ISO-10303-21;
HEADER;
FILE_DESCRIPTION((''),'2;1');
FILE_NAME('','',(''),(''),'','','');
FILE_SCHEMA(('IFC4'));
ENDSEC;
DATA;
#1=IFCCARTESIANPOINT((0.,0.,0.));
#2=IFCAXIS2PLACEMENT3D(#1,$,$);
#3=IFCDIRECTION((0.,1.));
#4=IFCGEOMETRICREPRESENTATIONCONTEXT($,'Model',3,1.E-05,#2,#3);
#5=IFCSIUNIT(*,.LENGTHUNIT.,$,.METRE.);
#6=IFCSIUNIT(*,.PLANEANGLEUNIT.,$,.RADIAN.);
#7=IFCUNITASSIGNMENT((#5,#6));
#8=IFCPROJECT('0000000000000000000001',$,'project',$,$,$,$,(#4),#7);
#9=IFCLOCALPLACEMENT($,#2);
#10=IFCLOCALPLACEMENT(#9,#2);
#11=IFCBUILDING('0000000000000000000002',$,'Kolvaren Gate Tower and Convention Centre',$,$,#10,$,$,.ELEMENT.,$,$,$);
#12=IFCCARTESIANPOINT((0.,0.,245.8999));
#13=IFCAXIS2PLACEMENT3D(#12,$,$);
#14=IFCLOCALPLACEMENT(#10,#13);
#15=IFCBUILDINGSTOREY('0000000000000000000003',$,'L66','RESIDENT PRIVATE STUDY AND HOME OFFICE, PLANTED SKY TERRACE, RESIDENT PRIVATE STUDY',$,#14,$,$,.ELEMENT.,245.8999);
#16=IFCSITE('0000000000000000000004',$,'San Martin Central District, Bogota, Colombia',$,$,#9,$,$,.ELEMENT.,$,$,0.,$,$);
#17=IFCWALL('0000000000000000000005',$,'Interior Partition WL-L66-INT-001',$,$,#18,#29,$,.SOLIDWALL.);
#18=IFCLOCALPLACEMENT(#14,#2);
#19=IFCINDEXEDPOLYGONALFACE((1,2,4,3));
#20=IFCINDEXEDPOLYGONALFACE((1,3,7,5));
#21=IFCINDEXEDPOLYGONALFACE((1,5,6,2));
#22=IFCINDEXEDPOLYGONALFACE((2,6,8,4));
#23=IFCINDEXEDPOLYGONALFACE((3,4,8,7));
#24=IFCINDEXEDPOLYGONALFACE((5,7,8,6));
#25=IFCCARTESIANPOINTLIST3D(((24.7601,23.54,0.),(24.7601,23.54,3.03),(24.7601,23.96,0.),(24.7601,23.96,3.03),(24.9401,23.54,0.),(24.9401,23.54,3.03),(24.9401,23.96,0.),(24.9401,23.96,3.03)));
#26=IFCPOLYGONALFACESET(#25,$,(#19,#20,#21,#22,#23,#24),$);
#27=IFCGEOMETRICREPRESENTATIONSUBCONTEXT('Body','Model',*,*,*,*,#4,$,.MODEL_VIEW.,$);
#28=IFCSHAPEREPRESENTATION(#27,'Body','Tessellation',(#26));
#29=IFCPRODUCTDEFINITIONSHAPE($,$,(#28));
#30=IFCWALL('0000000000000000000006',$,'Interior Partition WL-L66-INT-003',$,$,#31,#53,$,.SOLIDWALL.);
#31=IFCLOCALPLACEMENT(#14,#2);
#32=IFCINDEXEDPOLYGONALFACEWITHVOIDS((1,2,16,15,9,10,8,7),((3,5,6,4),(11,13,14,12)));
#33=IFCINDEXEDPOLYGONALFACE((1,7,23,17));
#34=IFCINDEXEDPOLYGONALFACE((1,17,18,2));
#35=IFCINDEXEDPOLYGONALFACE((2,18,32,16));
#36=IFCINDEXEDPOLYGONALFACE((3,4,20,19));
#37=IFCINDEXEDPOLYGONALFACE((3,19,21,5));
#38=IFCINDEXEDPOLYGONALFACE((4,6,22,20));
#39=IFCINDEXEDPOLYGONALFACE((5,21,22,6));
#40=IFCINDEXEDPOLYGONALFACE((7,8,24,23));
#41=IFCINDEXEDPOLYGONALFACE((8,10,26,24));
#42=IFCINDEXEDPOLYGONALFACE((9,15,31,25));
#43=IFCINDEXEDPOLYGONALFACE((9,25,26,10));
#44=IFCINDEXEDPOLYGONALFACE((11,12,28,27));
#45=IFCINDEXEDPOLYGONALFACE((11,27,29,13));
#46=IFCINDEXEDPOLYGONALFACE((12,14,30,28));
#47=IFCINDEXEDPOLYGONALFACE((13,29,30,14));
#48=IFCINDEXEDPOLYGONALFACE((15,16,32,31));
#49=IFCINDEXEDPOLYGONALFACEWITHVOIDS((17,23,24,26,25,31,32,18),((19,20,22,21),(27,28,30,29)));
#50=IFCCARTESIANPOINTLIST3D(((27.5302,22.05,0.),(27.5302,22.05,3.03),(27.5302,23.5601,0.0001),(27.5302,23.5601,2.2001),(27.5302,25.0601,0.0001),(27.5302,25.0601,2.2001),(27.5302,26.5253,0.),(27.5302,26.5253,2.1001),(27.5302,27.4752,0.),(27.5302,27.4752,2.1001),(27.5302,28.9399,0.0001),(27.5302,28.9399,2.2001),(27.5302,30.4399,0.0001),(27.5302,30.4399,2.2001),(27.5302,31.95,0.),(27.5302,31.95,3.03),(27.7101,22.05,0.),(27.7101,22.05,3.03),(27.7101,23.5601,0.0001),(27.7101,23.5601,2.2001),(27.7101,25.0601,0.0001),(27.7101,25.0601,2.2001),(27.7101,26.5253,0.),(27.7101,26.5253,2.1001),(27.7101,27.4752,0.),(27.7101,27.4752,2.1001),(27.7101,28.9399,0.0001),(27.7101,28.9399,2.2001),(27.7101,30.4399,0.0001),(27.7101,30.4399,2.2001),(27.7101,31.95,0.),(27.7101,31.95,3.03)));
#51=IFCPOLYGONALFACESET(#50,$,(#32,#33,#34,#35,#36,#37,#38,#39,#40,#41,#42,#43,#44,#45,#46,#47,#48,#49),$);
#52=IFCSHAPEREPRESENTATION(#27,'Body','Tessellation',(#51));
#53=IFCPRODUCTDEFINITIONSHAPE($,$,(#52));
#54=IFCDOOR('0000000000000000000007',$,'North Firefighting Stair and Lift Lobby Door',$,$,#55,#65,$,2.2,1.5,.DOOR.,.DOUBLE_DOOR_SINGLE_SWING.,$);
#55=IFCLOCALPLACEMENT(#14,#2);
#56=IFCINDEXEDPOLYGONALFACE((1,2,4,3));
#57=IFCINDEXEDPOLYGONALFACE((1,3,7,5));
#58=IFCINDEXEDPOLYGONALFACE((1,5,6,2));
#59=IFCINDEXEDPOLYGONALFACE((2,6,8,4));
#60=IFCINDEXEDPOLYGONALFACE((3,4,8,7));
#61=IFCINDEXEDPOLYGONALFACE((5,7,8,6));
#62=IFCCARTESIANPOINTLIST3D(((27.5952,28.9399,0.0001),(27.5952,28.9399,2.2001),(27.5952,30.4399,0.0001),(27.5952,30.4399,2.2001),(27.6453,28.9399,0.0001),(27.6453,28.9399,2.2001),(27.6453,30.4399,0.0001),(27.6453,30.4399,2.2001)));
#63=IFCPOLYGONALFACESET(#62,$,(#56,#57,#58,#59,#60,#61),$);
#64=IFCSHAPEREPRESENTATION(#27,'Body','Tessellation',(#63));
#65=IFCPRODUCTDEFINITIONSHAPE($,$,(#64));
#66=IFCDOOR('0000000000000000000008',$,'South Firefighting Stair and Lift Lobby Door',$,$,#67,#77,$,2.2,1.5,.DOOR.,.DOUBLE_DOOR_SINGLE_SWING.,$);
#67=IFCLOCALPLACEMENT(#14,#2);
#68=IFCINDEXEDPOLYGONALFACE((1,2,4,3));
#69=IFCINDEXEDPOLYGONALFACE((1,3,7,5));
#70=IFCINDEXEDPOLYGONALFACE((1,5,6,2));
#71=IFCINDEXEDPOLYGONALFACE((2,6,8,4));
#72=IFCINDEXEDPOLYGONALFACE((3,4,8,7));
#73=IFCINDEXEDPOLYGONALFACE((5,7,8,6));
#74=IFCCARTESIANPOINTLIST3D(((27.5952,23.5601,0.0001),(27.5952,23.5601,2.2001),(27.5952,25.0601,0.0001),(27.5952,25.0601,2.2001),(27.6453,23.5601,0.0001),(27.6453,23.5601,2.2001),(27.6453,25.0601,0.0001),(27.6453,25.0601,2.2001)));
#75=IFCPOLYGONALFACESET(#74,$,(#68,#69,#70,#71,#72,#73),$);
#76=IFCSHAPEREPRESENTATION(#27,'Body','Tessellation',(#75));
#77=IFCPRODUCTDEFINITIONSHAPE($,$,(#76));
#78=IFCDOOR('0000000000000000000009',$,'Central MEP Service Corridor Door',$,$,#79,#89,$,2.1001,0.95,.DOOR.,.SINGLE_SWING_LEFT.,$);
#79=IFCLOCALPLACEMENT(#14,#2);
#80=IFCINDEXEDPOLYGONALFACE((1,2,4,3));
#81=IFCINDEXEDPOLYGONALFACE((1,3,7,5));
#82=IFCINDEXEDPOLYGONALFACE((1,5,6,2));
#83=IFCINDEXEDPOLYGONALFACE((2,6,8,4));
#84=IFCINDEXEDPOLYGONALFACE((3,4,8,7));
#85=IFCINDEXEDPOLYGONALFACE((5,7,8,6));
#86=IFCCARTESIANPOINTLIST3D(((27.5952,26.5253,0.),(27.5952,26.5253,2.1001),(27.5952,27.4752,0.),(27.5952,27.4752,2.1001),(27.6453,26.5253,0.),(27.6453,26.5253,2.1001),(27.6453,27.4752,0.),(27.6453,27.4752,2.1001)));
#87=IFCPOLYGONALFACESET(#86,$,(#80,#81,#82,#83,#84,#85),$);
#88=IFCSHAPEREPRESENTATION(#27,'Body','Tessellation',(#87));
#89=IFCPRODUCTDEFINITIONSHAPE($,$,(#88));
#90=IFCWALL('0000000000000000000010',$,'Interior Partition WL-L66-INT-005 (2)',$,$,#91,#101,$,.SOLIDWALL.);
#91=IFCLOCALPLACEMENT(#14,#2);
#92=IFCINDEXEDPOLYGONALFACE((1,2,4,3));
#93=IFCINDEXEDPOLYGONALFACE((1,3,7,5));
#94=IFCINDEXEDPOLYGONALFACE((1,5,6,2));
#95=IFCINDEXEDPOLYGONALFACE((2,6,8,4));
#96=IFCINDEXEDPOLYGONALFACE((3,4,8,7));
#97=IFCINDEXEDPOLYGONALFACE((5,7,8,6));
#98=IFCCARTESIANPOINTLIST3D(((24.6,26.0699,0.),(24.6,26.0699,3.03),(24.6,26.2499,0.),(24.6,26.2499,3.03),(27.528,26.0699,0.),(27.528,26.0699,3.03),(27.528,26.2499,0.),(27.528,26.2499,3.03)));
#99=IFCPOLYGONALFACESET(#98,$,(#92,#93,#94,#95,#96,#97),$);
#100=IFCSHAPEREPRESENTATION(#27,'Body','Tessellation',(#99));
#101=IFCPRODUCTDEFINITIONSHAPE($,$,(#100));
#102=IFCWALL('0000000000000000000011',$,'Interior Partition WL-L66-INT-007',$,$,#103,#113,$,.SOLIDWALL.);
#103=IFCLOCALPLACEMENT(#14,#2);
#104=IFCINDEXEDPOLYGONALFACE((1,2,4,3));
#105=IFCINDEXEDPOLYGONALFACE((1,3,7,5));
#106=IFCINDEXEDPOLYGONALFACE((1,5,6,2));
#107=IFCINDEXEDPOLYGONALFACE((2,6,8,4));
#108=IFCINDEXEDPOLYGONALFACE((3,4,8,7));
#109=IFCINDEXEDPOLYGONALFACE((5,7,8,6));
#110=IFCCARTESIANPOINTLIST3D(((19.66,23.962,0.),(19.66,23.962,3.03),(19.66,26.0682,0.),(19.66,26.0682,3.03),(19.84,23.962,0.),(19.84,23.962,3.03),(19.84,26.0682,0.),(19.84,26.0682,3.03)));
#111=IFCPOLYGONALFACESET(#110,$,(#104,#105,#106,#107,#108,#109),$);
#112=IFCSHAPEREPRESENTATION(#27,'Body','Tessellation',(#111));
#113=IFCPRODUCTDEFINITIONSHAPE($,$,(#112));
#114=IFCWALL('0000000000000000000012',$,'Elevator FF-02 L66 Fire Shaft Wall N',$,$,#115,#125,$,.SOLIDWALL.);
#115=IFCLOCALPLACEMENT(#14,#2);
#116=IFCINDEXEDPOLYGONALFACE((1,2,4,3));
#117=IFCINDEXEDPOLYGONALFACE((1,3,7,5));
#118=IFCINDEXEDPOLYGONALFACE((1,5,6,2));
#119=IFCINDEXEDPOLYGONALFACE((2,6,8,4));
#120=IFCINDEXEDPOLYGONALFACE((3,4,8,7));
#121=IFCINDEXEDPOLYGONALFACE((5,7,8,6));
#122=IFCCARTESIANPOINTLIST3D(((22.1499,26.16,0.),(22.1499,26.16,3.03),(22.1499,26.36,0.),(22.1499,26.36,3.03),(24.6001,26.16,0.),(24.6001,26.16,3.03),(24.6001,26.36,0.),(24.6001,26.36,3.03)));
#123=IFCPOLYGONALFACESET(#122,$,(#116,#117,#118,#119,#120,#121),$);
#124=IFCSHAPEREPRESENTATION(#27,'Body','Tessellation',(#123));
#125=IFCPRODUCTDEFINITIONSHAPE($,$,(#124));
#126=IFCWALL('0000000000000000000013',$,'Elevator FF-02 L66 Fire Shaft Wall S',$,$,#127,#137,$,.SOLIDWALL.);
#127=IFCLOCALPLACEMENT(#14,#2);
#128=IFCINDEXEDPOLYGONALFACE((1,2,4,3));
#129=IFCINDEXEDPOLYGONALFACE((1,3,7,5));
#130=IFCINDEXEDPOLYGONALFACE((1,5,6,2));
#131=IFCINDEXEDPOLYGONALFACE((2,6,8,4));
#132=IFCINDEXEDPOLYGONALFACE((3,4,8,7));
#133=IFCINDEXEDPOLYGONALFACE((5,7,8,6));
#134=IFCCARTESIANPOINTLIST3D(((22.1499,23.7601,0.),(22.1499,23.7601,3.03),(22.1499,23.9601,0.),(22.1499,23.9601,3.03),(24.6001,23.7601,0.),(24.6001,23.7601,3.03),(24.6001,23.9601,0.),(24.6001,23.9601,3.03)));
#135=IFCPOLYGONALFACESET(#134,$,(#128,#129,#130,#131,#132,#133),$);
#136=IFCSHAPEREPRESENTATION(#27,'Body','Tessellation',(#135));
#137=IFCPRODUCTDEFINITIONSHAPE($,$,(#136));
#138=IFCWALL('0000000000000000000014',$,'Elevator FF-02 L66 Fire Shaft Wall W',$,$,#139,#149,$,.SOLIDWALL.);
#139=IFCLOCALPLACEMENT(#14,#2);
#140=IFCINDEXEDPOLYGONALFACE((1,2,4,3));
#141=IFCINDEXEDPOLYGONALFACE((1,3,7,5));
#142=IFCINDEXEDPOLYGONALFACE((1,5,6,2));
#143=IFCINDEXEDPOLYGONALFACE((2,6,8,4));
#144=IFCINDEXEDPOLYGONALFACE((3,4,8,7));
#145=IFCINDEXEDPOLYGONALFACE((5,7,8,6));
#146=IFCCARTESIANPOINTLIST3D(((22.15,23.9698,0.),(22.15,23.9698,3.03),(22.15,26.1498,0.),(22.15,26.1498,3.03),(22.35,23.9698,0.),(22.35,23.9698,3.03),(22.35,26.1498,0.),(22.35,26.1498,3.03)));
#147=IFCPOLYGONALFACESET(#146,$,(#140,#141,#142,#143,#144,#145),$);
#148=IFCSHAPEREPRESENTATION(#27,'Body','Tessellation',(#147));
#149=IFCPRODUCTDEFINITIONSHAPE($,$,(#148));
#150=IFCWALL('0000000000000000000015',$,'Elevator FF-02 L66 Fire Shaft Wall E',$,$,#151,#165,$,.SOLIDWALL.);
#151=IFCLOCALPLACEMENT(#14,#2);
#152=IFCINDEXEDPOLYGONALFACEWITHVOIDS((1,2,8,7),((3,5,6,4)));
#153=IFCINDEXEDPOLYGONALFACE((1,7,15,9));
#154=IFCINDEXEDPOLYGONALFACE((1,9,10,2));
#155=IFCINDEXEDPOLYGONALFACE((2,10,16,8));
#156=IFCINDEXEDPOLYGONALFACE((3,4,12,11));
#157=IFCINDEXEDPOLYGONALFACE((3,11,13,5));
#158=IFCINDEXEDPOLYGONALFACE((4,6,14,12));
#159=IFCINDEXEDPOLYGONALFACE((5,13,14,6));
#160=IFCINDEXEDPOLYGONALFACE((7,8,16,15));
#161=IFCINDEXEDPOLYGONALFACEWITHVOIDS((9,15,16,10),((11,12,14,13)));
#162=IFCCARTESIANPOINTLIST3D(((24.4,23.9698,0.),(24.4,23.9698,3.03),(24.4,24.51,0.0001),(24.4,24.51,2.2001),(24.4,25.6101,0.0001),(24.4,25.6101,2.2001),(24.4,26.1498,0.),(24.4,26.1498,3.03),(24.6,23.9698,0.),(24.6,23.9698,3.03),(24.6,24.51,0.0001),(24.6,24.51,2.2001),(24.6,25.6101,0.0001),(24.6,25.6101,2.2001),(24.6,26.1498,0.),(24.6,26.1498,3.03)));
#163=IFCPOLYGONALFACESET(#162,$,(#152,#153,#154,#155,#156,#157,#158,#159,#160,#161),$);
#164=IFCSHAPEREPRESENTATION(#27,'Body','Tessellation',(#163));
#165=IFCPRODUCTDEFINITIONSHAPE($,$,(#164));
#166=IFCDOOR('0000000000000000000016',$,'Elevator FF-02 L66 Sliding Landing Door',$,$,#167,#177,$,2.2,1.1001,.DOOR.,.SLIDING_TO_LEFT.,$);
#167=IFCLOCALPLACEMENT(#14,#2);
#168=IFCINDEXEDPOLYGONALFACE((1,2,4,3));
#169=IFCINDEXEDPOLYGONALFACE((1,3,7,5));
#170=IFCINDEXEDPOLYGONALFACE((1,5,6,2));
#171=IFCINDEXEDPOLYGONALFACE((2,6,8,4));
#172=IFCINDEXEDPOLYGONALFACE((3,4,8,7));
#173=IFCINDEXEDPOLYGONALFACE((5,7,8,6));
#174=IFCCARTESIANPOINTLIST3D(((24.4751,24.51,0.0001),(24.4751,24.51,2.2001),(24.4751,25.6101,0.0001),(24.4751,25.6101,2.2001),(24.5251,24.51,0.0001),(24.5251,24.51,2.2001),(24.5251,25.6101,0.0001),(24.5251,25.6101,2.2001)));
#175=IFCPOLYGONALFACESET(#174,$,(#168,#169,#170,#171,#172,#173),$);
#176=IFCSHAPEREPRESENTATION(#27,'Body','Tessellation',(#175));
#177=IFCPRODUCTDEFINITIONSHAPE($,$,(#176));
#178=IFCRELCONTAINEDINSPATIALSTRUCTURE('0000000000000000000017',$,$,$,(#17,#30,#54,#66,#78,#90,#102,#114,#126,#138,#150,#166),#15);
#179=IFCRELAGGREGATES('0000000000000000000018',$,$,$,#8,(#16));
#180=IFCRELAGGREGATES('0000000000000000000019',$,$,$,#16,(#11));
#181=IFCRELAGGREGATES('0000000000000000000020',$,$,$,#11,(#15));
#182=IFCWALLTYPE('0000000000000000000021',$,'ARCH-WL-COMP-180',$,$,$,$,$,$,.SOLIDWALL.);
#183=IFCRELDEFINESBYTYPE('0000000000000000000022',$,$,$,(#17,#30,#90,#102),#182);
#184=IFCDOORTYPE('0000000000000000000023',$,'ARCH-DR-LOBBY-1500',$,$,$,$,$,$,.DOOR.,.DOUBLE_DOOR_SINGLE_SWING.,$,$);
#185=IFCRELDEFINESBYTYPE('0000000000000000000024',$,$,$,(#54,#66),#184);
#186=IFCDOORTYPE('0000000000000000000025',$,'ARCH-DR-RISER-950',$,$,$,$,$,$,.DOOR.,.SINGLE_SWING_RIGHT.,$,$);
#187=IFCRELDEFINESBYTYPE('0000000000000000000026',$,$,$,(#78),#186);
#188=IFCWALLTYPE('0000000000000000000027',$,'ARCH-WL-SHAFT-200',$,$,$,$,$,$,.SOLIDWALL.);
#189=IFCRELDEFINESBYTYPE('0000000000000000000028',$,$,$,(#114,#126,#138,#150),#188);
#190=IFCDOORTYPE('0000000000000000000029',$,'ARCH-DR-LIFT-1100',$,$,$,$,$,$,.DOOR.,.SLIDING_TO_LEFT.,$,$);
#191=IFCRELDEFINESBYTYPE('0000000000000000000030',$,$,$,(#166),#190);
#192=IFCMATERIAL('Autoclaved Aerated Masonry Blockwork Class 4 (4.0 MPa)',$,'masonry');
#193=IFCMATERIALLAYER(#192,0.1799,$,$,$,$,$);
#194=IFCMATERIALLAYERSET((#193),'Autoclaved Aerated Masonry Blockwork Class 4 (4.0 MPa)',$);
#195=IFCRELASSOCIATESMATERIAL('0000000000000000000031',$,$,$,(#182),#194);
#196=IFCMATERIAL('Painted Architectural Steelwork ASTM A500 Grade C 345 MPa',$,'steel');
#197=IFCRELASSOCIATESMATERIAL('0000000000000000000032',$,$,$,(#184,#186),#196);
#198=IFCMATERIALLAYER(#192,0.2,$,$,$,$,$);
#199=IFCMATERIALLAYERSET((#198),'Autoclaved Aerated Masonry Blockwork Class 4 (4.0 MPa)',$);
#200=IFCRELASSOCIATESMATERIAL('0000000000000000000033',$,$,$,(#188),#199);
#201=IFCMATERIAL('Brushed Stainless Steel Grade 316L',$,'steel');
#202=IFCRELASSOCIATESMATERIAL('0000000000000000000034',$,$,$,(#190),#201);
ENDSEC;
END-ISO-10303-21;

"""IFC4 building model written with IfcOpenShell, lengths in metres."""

from ifc_helpers import new_model, si_unit, direction, frame, frame_2d, origin, place, context, subcontext, project, spatial, rectangle, extrude, material, layer, layer_set, type_object, element, fill, save


model = new_model("IFC4")

# Units and contexts
model_context = context("Model", 3, precision=1e-05, world=origin(), true_north=direction((0.0, 1.0)))
body_context = subcontext(model_context, "Body", "Model", "MODEL_VIEW")
ifc_project = project(units=[si_unit("LENGTHUNIT", "METRE"), si_unit("PLANEANGLEUNIT", "RADIAN")], contexts=[model_context])

# Site, building, storey
site_placement = place(None, origin())
site = spatial("IfcSite", under=ifc_project, at=site_placement, Name="San Martin Central District, Bogota, Colombia", CompositionType="ELEMENT", RefElevation=0.0)
building_placement = place(site_placement, origin())
building = spatial("IfcBuilding", under=site, at=building_placement, Name="Kolvaren Gate Tower and Convention Centre", CompositionType="ELEMENT")
storey_placement = place(building_placement, frame((0.0, 0.0, 245.8999)))
storey = spatial("IfcBuildingStorey", under=building, at=storey_placement, Name="L66", Description="RESIDENT PRIVATE STUDY AND HOME OFFICE, PLANTED SKY TERRACE, RESIDENT PRIVATE STUDY", CompositionType="ELEMENT", Elevation=245.8999)

# Wall
ifc_material_1 = material(Name="Autoclaved Aerated Masonry Blockwork Class 4 (4.0 MPa)", Category="masonry")
ifc_layer_1 = layer(ifc_material_1, 0.1799)
ifc_layer_set_1 = layer_set([ifc_layer_1], Name="Autoclaved Aerated Masonry Blockwork Class 4 (4.0 MPa)")
wall_type_1 = type_object("IfcWallType", Name="ARCH-WL-COMP-180", PredefinedType="SOLIDWALL", material=ifc_layer_set_1)
wall_1_placement = place(storey_placement, frame((24.8501, 23.54, 0.0), z_axis=(0.0, 0.0, 1.0), x_axis=(0.0, 1.0, 0.0)))
element("IfcWall", 1, at=wall_1_placement, inside=storey, type_object=wall_type_1, Name="Interior Partition WL-L66-INT-001", PredefinedType="SOLIDWALL", context=body_context, shape_type="SweptSolid", body=[
    extrude(rectangle(XDim=0.4199, YDim=0.1799, at=frame_2d((0.21, 0.0))), origin(), (0.0, 0.0, 1.0), 3.03),
])

# Wall, openings, doors
wall_2_placement = place(storey_placement, frame((27.6201, 22.05, 0.0), z_axis=(0.0, 0.0, 1.0), x_axis=(0.0, 1.0, 0.0)))
wall_2 = element("IfcWall", 2, at=wall_2_placement, inside=storey, type_object=wall_type_1, Name="Interior Partition WL-L66-INT-003", PredefinedType="SOLIDWALL", context=body_context, shape_type="SweptSolid", body=[
    extrude(rectangle(XDim=9.8999, YDim=0.1799, at=frame_2d((4.95, 0.0))), origin(), (0.0, 0.0, 1.0), 3.03),
])
opening_1_placement = place(wall_2_placement, frame((4.4751, 0.0, 0.0)))
opening_1 = element("IfcOpeningElement", 3, at=opening_1_placement, cuts=wall_2, PredefinedType="OPENING", context=body_context, shape_type="SweptSolid", body=[
    extrude(rectangle(XDim=0.95, YDim=2.1001, at=frame_2d((0.4751, 1.05))), frame((0.0, 0.0999, 0.0), z_axis=(0.0, -1.0, 0.0), x_axis=(1.0, 0.0, 0.0)), (0.0, 0.0, 1.0), 0.2),
])
opening_2_placement = place(wall_2_placement, frame((6.8899, 0.0, 0.0)))
opening_2 = element("IfcOpeningElement", 4, at=opening_2_placement, cuts=wall_2, PredefinedType="OPENING", context=body_context, shape_type="SweptSolid", body=[
    extrude(rectangle(XDim=1.5, YDim=2.2, at=frame_2d((0.75, 1.1001))), frame((0.0, 0.0999, 0.0), z_axis=(0.0, -1.0, 0.0), x_axis=(1.0, 0.0, 0.0)), (0.0, 0.0, 1.0), 0.2),
])
opening_3_placement = place(wall_2_placement, frame((1.51, 0.0, 0.0)))
opening_3 = element("IfcOpeningElement", 5, at=opening_3_placement, cuts=wall_2, PredefinedType="OPENING", context=body_context, shape_type="SweptSolid", body=[
    extrude(rectangle(XDim=1.5, YDim=2.2, at=frame_2d((0.75, 1.1001))), frame((0.0, 0.0999, 0.0), z_axis=(0.0, -1.0, 0.0), x_axis=(1.0, 0.0, 0.0)), (0.0, 0.0, 1.0), 0.2),
])
ifc_material_2 = material(Name="Painted Architectural Steelwork ASTM A500 Grade C 345 MPa", Category="steel")
door_type_1 = type_object("IfcDoorType", Name="ARCH-DR-LOBBY-1500", OperationType="DOUBLE_DOOR_SINGLE_SWING", PredefinedType="DOOR", material=ifc_material_2)
door_1_placement = place(opening_2_placement, origin())
door_1 = element("IfcDoor", 6, at=door_1_placement, inside=storey, type_object=door_type_1, Name="North Firefighting Stair and Lift Lobby Door", OperationType="DOUBLE_DOOR_SINGLE_SWING", OverallHeight=2.2, OverallWidth=1.5, PredefinedType="DOOR", context=body_context, shape_type="SweptSolid", body=[
    extrude(rectangle(XDim=1.5, YDim=2.2, at=frame_2d((0.75, 1.1001))), frame((0.0, 0.0249, 0.0), z_axis=(0.0, -1.0, 0.0), x_axis=(1.0, 0.0, 0.0)), (0.0, 0.0, 1.0), 0.05),
])
fill(opening_2, door_1)
door_2_placement = place(opening_3_placement, origin())
door_2 = element("IfcDoor", 7, at=door_2_placement, inside=storey, type_object=door_type_1, Name="South Firefighting Stair and Lift Lobby Door", OperationType="DOUBLE_DOOR_SINGLE_SWING", OverallHeight=2.2, OverallWidth=1.5, PredefinedType="DOOR", context=body_context, shape_type="SweptSolid", body=[
    extrude(rectangle(XDim=1.5, YDim=2.2, at=frame_2d((0.75, 1.1001))), frame((0.0, 0.0249, 0.0), z_axis=(0.0, -1.0, 0.0), x_axis=(1.0, 0.0, 0.0)), (0.0, 0.0, 1.0), 0.05),
])
fill(opening_3, door_2)
door_type_2 = type_object("IfcDoorType", Name="ARCH-DR-RISER-950", OperationType="SINGLE_SWING_RIGHT", PredefinedType="DOOR", material=ifc_material_2)
door_3_placement = place(opening_1_placement, origin())
door_3 = element("IfcDoor", 8, at=door_3_placement, inside=storey, type_object=door_type_2, Name="Central MEP Service Corridor Door", OperationType="SINGLE_SWING_LEFT", OverallHeight=2.1001, OverallWidth=0.95, PredefinedType="DOOR", context=body_context, shape_type="SweptSolid", body=[
    extrude(rectangle(XDim=0.95, YDim=2.1001, at=frame_2d((0.4751, 1.05))), frame((0.0, 0.0249, 0.0), z_axis=(0.0, -1.0, 0.0), x_axis=(1.0, 0.0, 0.0)), (0.0, 0.0, 1.0), 0.05),
])
fill(opening_1, door_3)

# Walls
wall_3_placement = place(storey_placement, frame((24.6001, 26.1599, 0.0), z_axis=(0.0, 0.0, 1.0), x_axis=(1.0, 0.0, 0.0)))
element("IfcWall", 9, at=wall_3_placement, inside=storey, type_object=wall_type_1, Name="Interior Partition WL-L66-INT-005 (2)", PredefinedType="SOLIDWALL", context=body_context, shape_type="SweptSolid", body=[
    extrude(rectangle(XDim=2.928, YDim=0.1799, at=frame_2d((1.4639, 0.0))), origin(), (0.0, 0.0, 1.0), 3.03),
])
wall_4_placement = place(storey_placement, frame((19.75, 23.9619, 0.0), z_axis=(0.0, 0.0, 1.0), x_axis=(0.0, 1.0, 0.0)))
element("IfcWall", 10, at=wall_4_placement, inside=storey, type_object=wall_type_1, Name="Interior Partition WL-L66-INT-007", PredefinedType="SOLIDWALL", context=body_context, shape_type="SweptSolid", body=[
    extrude(rectangle(XDim=2.1062, YDim=0.1799, at=frame_2d((1.0532, 0.0))), origin(), (0.0, 0.0, 1.0), 3.03),
])
ifc_layer_2 = layer(ifc_material_1, 0.2)
ifc_layer_set_2 = layer_set([ifc_layer_2], Name="Autoclaved Aerated Masonry Blockwork Class 4 (4.0 MPa)")
wall_type_2 = type_object("IfcWallType", Name="ARCH-WL-SHAFT-200", PredefinedType="SOLIDWALL", material=ifc_layer_set_2)
for number, where, z_axis, x_axis, name in (
    (11, (22.1499, 26.26, 0.0), (0.0, 0.0, 1.0), (1.0, 0.0, 0.0), "Elevator FF-02 L66 Fire Shaft Wall N"),
    (12, (22.1499, 23.8601, 0.0), (0.0, 0.0, 1.0), (1.0, 0.0, 0.0), "Elevator FF-02 L66 Fire Shaft Wall S"),
):
    element("IfcWall", number, at=place(storey_placement, frame(where, z_axis=z_axis, x_axis=x_axis)), inside=storey, type_object=wall_type_2, Name=name, PredefinedType="SOLIDWALL", context=body_context, shape_type="SweptSolid", body=[
        extrude(rectangle(XDim=2.4502, YDim=0.2, at=frame_2d((1.2251, 0.0))), origin(), (0.0, 0.0, 1.0), 3.03),
    ])
wall_5_placement = place(storey_placement, frame((22.25, 23.97, 0.0), z_axis=(0.0, 0.0, 1.0), x_axis=(0.0, 1.0, 0.0)))
element("IfcWall", 13, at=wall_5_placement, inside=storey, type_object=wall_type_2, Name="Elevator FF-02 L66 Fire Shaft Wall W", PredefinedType="SOLIDWALL", context=body_context, shape_type="SweptSolid", body=[
    extrude(rectangle(XDim=2.1799, YDim=0.2, at=frame_2d((1.0898, 0.0))), origin(), (0.0, 0.0, 1.0), 3.03),
])

# Wall, opening, door
wall_6_placement = place(storey_placement, frame((24.5, 23.97, 0.0), z_axis=(0.0, 0.0, 1.0), x_axis=(0.0, 1.0, 0.0)))
wall_6 = element("IfcWall", 14, at=wall_6_placement, inside=storey, type_object=wall_type_2, Name="Elevator FF-02 L66 Fire Shaft Wall E", PredefinedType="SOLIDWALL", context=body_context, shape_type="SweptSolid", body=[
    extrude(rectangle(XDim=2.1799, YDim=0.2, at=frame_2d((1.0898, 0.0))), origin(), (0.0, 0.0, 1.0), 3.03),
])
opening_4_placement = place(wall_6_placement, frame((0.54, 0.0, 0.0)))
opening_4 = element("IfcOpeningElement", 15, at=opening_4_placement, cuts=wall_6, PredefinedType="OPENING", context=body_context, shape_type="SweptSolid", body=[
    extrude(rectangle(XDim=1.1001, YDim=2.2, at=frame_2d((0.55, 1.1001))), frame((0.0, 0.1099, 0.0), z_axis=(0.0, -1.0, 0.0), x_axis=(1.0, 0.0, 0.0)), (0.0, 0.0, 1.0), 0.22),
])
ifc_material_3 = material(Name="Brushed Stainless Steel Grade 316L", Category="steel")
door_type_3 = type_object("IfcDoorType", Name="ARCH-DR-LIFT-1100", OperationType="SLIDING_TO_LEFT", PredefinedType="DOOR", material=ifc_material_3)
door_4_placement = place(opening_4_placement, origin())
door_4 = element("IfcDoor", 16, at=door_4_placement, inside=storey, type_object=door_type_3, Name="Elevator FF-02 L66 Sliding Landing Door", OperationType="SLIDING_TO_LEFT", OverallHeight=2.2, OverallWidth=1.1001, PredefinedType="DOOR", context=body_context, shape_type="SweptSolid", body=[
    extrude(rectangle(XDim=1.1001, YDim=2.2, at=frame_2d((0.55, 1.1001))), frame((0.0, 0.0249, 0.0), z_axis=(0.0, -1.0, 0.0), x_axis=(1.0, 0.0, 0.0)), (0.0, 0.0, 1.0), 0.05),
])
fill(opening_4, door_4)

save(model, "model.ifc")
